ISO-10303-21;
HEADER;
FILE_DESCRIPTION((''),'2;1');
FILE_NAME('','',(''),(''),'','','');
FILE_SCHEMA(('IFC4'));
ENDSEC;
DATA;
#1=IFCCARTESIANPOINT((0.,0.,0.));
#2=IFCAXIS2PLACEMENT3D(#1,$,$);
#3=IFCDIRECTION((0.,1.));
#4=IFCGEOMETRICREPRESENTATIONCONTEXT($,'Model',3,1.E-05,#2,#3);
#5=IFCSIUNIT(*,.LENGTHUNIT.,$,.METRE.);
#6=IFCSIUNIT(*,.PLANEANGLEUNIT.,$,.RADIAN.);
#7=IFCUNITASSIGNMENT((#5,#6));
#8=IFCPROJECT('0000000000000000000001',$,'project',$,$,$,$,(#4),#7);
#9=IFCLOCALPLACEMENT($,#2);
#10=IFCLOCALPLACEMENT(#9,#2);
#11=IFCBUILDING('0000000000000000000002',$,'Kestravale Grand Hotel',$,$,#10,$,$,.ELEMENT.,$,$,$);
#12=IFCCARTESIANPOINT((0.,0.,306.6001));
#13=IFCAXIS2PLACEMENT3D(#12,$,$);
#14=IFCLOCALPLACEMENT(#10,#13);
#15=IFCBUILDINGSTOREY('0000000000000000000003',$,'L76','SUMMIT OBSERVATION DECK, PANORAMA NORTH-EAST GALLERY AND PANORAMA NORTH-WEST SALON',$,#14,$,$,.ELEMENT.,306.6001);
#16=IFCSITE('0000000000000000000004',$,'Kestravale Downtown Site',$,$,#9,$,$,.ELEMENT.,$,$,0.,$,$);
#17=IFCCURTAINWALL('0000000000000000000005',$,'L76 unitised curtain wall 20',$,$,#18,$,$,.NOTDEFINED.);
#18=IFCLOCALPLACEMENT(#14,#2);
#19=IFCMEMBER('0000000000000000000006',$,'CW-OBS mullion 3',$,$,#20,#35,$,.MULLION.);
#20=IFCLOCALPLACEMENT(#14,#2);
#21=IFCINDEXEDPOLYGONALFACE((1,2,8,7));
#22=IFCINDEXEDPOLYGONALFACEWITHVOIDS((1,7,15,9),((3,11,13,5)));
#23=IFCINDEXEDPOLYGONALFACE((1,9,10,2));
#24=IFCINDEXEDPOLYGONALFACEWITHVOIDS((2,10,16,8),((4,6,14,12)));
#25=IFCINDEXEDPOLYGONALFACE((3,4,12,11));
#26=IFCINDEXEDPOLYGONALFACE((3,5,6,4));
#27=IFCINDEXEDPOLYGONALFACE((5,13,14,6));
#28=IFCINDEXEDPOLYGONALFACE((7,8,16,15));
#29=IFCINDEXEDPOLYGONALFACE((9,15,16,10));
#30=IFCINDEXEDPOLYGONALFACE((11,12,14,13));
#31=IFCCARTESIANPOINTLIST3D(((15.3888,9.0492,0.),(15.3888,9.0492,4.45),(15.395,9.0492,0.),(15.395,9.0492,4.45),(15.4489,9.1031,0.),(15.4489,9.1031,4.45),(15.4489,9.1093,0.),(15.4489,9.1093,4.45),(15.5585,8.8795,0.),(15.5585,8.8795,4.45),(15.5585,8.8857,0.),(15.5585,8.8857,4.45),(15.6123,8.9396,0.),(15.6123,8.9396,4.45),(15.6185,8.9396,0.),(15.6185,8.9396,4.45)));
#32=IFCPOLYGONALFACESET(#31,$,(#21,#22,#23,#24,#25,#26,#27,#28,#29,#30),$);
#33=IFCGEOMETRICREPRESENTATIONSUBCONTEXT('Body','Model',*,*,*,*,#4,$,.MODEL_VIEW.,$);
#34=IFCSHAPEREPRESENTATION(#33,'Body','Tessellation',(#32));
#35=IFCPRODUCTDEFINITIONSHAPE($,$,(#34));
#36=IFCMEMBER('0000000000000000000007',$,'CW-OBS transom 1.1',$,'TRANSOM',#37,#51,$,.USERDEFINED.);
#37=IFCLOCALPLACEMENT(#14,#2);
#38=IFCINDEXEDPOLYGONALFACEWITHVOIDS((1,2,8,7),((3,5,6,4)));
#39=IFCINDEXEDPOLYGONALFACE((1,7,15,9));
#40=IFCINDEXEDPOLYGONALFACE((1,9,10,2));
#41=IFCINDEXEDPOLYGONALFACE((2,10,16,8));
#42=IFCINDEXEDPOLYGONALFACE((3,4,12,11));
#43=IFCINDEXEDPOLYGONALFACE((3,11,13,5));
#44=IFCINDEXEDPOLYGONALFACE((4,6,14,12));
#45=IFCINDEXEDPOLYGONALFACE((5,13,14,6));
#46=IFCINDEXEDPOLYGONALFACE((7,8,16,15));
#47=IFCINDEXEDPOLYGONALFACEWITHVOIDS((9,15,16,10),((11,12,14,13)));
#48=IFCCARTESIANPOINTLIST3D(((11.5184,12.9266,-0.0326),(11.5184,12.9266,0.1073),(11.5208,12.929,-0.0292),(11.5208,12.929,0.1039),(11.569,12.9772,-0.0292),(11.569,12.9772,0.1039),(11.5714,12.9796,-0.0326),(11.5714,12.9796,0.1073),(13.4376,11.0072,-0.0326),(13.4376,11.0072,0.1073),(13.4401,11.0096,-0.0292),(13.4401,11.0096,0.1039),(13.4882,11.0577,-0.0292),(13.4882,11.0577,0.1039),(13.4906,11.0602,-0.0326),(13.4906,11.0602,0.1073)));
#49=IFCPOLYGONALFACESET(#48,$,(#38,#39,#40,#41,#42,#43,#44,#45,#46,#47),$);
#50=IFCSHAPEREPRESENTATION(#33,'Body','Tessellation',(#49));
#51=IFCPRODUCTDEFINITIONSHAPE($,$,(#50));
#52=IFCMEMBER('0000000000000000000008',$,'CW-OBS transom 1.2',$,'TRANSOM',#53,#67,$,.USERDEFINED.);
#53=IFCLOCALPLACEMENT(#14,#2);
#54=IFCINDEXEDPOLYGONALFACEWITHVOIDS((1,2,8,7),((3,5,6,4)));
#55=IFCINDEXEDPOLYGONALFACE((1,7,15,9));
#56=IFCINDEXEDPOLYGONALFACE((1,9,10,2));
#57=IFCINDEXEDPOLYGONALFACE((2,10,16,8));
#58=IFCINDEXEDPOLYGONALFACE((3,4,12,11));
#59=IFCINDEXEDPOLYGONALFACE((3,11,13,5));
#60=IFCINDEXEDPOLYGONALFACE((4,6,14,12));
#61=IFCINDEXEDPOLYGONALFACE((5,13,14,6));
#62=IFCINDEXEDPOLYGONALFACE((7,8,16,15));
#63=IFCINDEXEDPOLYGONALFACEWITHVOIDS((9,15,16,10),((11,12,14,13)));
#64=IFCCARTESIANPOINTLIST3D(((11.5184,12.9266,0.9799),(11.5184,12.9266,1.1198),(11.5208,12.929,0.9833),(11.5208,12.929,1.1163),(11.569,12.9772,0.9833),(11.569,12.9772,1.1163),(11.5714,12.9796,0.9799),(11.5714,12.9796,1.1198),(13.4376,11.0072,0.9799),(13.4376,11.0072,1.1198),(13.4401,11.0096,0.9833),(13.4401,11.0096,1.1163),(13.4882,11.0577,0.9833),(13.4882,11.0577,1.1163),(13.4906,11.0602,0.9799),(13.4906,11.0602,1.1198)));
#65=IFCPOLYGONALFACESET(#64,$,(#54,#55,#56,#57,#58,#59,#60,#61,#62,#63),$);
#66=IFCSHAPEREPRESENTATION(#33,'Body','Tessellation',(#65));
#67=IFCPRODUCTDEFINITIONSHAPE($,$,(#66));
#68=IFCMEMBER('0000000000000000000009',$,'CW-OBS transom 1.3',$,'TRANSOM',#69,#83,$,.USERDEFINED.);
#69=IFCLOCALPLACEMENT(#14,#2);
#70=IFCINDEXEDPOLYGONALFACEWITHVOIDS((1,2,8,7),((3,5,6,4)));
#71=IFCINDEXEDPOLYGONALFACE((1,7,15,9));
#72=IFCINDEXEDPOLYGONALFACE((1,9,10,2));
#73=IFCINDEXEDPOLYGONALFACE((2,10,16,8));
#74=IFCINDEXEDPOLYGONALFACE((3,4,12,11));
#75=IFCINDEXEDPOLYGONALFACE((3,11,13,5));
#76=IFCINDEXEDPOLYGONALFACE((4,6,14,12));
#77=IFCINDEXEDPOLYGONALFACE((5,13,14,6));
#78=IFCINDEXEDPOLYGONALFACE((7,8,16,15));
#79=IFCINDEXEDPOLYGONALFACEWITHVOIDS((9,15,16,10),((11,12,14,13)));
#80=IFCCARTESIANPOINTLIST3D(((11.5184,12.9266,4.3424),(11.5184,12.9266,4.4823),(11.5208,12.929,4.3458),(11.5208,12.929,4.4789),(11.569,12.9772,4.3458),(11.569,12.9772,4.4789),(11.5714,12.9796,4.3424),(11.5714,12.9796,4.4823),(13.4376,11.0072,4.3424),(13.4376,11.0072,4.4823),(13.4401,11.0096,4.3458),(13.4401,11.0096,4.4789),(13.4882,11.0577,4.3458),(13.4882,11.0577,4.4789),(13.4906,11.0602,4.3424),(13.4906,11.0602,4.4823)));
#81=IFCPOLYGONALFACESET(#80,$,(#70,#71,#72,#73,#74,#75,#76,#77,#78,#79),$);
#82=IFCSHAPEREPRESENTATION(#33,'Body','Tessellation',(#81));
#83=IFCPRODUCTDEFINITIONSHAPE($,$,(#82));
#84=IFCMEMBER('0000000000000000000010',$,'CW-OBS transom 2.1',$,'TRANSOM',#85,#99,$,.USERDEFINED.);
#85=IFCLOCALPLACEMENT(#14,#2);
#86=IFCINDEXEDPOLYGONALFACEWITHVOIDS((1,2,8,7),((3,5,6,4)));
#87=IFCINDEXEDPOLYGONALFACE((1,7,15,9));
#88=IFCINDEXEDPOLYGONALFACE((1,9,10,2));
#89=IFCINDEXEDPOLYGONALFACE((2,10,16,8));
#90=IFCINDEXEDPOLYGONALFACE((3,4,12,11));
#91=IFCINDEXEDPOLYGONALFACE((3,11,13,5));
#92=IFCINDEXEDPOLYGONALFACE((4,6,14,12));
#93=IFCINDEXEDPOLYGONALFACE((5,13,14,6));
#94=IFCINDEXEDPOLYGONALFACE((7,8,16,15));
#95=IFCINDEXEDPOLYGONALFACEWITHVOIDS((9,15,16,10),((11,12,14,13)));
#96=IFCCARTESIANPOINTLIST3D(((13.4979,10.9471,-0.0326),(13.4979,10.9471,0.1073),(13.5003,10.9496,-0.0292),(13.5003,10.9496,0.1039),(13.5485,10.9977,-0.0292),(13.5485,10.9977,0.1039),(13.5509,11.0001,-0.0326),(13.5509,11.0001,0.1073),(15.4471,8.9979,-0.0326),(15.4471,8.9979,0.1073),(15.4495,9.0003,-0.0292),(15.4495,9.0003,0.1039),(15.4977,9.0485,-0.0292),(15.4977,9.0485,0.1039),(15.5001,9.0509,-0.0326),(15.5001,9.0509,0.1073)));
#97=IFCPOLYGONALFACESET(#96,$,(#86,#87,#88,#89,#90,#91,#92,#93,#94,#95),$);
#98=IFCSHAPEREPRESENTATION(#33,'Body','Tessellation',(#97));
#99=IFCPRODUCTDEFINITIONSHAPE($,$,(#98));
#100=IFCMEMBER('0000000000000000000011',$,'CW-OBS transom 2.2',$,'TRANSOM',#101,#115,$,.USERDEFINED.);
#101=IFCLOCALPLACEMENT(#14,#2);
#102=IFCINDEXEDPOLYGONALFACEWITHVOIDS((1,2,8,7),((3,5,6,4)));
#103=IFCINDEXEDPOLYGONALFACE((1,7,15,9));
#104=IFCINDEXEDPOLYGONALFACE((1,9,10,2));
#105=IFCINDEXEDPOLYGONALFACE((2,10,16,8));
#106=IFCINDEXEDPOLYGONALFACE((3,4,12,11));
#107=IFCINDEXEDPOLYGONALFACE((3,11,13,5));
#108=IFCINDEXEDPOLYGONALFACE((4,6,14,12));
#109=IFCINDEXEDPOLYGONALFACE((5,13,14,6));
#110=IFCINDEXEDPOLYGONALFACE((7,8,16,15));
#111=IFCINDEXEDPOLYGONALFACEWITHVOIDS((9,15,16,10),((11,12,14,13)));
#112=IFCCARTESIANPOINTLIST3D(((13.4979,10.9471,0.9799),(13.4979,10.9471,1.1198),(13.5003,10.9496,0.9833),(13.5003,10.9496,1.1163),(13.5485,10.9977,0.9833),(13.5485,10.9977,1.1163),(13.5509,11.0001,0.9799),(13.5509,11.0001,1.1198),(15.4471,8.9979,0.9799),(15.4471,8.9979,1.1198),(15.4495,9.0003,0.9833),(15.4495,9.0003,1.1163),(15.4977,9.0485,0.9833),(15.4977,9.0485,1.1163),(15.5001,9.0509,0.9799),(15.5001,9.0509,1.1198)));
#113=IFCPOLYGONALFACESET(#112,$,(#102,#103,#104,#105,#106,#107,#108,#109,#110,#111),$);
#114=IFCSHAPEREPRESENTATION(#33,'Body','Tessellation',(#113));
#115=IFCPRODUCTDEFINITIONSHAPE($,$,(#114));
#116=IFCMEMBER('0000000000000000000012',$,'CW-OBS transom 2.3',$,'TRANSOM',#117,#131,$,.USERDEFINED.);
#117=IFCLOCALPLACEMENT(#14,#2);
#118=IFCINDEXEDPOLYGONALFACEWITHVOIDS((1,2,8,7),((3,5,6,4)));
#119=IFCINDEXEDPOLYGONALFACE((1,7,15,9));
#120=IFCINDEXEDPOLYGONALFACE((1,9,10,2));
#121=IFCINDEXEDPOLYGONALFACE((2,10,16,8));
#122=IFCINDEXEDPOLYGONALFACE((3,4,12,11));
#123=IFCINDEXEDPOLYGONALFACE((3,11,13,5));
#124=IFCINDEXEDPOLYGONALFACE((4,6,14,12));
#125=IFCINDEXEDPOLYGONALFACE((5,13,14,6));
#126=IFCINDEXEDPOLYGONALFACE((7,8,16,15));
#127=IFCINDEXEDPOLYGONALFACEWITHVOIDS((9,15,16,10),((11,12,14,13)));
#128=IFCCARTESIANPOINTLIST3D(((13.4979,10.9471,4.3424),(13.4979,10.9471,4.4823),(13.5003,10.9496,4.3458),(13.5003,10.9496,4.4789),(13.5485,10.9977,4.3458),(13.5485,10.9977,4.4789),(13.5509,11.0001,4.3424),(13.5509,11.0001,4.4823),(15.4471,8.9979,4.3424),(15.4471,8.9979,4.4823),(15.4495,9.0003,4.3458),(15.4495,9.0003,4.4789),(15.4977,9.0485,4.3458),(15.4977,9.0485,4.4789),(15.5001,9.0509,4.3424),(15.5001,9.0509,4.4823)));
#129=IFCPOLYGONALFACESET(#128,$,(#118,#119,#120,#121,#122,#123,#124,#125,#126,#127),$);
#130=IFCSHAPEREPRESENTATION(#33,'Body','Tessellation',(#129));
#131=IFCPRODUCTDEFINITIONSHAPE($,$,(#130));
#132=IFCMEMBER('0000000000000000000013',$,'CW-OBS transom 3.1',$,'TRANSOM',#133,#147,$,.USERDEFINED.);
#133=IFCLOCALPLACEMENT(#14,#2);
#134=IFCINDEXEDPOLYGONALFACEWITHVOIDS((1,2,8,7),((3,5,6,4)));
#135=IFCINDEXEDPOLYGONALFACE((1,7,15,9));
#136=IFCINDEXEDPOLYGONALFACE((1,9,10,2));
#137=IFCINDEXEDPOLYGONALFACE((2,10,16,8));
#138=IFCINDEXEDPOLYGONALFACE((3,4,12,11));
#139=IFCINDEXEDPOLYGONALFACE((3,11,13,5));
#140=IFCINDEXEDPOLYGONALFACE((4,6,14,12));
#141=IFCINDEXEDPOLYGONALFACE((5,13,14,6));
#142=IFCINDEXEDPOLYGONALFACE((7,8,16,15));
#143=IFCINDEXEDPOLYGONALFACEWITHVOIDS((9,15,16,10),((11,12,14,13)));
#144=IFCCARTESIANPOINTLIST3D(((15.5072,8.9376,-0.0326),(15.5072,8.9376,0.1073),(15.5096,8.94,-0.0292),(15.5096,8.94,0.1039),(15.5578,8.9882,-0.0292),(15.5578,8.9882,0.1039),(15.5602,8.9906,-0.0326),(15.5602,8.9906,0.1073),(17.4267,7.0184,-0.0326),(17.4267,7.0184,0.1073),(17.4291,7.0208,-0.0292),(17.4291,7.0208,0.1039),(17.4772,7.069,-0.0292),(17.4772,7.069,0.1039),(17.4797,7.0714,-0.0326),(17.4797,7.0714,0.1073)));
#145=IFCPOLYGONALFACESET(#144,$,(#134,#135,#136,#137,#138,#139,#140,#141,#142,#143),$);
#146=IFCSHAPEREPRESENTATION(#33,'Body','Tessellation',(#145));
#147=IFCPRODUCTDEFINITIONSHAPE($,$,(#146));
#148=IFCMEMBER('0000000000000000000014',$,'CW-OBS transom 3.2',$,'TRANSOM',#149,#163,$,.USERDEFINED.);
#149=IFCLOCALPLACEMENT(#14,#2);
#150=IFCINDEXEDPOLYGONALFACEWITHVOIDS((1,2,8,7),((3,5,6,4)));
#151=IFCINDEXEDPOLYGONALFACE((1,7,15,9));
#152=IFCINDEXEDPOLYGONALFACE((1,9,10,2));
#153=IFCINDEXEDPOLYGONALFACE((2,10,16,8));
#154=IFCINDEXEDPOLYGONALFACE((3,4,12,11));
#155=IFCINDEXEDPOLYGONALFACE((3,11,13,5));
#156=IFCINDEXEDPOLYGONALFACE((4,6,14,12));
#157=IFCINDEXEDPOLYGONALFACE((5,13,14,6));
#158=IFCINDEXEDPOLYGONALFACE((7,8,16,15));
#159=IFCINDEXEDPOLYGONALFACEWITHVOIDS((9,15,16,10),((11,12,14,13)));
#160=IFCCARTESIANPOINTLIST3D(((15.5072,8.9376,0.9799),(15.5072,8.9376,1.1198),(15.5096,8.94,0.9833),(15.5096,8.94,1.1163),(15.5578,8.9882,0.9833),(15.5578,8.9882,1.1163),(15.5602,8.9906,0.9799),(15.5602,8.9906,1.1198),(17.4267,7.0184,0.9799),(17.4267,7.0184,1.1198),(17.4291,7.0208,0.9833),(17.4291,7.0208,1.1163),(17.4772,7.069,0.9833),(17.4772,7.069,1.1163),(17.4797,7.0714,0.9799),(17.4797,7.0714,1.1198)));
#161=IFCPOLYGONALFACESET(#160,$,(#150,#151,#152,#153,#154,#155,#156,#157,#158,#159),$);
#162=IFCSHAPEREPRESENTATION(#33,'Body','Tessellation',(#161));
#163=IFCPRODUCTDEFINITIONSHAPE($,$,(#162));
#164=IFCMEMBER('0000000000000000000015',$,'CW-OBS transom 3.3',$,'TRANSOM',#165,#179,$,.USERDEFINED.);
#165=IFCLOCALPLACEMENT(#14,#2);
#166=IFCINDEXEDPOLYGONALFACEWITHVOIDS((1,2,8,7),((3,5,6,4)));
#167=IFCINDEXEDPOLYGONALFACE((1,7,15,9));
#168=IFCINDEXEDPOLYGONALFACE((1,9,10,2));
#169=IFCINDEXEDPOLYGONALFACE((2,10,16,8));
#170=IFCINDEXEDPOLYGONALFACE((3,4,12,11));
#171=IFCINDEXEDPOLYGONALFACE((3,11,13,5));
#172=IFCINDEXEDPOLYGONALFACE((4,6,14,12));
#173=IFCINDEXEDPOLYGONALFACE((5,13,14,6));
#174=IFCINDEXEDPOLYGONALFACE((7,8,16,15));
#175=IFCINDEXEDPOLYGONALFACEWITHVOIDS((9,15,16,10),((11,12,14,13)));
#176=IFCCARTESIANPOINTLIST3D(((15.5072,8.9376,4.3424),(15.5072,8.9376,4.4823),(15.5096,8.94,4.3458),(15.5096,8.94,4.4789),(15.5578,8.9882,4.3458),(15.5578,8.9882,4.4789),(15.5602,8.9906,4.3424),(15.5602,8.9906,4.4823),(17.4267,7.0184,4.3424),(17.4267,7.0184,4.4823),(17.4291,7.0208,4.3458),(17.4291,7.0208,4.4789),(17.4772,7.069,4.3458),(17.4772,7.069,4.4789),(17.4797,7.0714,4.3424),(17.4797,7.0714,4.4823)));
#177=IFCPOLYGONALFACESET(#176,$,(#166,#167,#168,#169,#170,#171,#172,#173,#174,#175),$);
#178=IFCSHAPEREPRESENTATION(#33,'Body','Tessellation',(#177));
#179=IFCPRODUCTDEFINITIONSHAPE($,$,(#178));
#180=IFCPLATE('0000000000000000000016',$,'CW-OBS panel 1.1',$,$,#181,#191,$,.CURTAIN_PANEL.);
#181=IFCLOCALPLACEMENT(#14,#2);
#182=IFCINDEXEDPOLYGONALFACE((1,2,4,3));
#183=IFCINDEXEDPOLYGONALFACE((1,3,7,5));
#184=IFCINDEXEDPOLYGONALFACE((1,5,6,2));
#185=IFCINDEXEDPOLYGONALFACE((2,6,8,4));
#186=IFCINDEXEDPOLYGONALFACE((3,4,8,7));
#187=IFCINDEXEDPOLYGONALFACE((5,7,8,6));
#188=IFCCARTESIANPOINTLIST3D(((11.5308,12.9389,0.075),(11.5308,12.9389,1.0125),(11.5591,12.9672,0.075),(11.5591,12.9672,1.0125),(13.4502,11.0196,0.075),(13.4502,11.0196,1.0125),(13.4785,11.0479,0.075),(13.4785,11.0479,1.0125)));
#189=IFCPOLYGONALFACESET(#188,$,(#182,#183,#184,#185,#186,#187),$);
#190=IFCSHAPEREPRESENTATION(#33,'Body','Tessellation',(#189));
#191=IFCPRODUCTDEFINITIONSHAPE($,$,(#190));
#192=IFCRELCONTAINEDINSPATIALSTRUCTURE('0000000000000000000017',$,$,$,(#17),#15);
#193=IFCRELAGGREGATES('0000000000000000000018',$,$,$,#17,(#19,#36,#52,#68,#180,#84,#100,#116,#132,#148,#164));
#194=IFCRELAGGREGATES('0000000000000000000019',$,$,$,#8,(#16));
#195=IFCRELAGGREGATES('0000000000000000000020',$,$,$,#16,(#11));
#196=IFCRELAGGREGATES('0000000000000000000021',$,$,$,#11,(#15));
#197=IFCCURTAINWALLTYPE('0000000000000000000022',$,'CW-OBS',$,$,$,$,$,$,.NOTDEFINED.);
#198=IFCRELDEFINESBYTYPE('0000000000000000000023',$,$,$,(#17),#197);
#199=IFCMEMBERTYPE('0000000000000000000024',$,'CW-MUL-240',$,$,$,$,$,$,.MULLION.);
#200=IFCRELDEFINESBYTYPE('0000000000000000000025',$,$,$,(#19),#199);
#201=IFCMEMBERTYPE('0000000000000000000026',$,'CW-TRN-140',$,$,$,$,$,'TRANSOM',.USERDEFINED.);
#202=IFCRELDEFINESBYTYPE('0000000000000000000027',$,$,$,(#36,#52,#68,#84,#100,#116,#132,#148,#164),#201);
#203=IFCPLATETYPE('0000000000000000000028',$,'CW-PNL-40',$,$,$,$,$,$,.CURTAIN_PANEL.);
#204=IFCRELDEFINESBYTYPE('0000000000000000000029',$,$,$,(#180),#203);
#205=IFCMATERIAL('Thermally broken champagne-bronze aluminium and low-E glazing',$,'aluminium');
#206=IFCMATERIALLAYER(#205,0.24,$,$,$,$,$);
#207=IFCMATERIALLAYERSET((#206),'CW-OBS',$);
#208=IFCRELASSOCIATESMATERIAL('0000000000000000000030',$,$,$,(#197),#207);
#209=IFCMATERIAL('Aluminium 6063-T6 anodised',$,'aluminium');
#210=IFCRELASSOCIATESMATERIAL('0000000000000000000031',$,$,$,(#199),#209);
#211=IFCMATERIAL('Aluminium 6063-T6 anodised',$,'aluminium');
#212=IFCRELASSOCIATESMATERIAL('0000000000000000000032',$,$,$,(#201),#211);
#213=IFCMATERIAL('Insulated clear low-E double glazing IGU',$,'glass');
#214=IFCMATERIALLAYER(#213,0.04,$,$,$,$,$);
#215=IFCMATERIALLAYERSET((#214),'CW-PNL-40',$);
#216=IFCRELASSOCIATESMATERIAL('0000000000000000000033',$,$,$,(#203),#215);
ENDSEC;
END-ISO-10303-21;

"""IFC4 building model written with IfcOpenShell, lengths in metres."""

from ifc_helpers import new_model, si_unit, direction, frame, origin, origin_2d, place, context, subcontext, project, spatial, rectangle, hollow_rectangle, extrude, material, layer, layer_set, material_profile, profile_set, type_object, element, aggregate, save


model = new_model("IFC4")

# Units and contexts
model_context = context("Model", 3, precision=1e-05, world=origin(), true_north=direction((0.0, 1.0)))
body_context = subcontext(model_context, "Body", "Model", "MODEL_VIEW")
ifc_project = project(units=[si_unit("LENGTHUNIT", "METRE"), si_unit("PLANEANGLEUNIT", "RADIAN")], contexts=[model_context])

# Site, building, storey
site_placement = place(None, origin())
site = spatial("IfcSite", under=ifc_project, at=site_placement, Name="Kestravale Downtown Site", CompositionType="ELEMENT", RefElevation=0.0)
building_placement = place(site_placement, origin())
building = spatial("IfcBuilding", under=site, at=building_placement, Name="Kestravale Grand Hotel", CompositionType="ELEMENT")
storey_placement = place(building_placement, frame((0.0, 0.0, 306.6001)))
storey = spatial("IfcBuildingStorey", under=building, at=storey_placement, Name="L76", Description="SUMMIT OBSERVATION DECK, PANORAMA NORTH-EAST GALLERY AND PANORAMA NORTH-WEST SALON", CompositionType="ELEMENT", Elevation=306.6001)

# Curtain wall, members, plate
ifc_material_1 = material(Name="Thermally broken champagne-bronze aluminium and low-E glazing", Category="aluminium")
ifc_layer_1 = layer(ifc_material_1, 0.24)
ifc_layer_set_1 = layer_set([ifc_layer_1], Name="CW-OBS")
curtain_wall_type = type_object("IfcCurtainWallType", Name="CW-OBS", PredefinedType="NOTDEFINED", material=ifc_layer_set_1)
curtain_wall_placement = place(storey_placement, origin())
curtain_wall = element("IfcCurtainWall", 1, at=curtain_wall_placement, inside=storey, type_object=curtain_wall_type, Name="L76 unitised curtain wall 20", PredefinedType="NOTDEFINED")
ifc_material_2 = material(Name="Aluminium 6063-T6 anodised", Category="aluminium")
ifc_material_profile_1 = material_profile(ifc_material_2, hollow_rectangle(XDim=0.085, YDim=0.24, WallThickness=0.0044, at=origin_2d()))
ifc_profile_set_1 = profile_set([ifc_material_profile_1], Name="Aluminium 6063-T6 anodised")
member_type_1 = type_object("IfcMemberType", Name="CW-MUL-240", PredefinedType="MULLION", material=ifc_profile_set_1)
member_1_placement = place(storey_placement, frame((15.5037, 8.9944, 0.0), z_axis=(0.0, 0.0, 1.0), x_axis=(0.707107, 0.707107, 0.0)))
member_1 = element("IfcMember", 2, at=member_1_placement, type_object=member_type_1, Name="CW-OBS mullion 3", PredefinedType="MULLION", context=body_context, shape_type="SweptSolid", body=[
    extrude(hollow_rectangle(XDim=0.085, YDim=0.24, WallThickness=0.0044, at=origin_2d()), origin(), (0.0, 0.0, 1.0), 4.45),
])
ifc_material_3 = material(Name="Aluminium 6063-T6 anodised", Category="aluminium")
ifc_material_profile_2 = material_profile(ifc_material_3, hollow_rectangle(XDim=0.075, YDim=0.1399, WallThickness=0.0034, at=origin_2d()))
ifc_profile_set_2 = profile_set([ifc_material_profile_2], Name="Aluminium 6063-T6 anodised")
member_type_2 = type_object("IfcMemberType", Name="CW-TRN-140", ElementType="TRANSOM", PredefinedType="USERDEFINED", material=ifc_profile_set_2)
member_2_placement = place(storey_placement, frame((11.5449, 12.9531, 0.0374), z_axis=(0.707062, -0.707152, 0.0), x_axis=(0.707152, 0.707062, 0.0)))
member_2 = element("IfcMember", 3, at=member_2_placement, type_object=member_type_2, Name="CW-OBS transom 1.1", ObjectType="TRANSOM", PredefinedType="USERDEFINED", context=body_context, shape_type="SweptSolid", body=[
    extrude(hollow_rectangle(XDim=0.075, YDim=0.1399, WallThickness=0.0034, at=origin_2d()), origin(), (0.0, 0.0, 1.0), 2.7144),
])
member_3_placement = place(storey_placement, frame((11.5449, 12.9531, 1.0498), z_axis=(0.707062, -0.707152, 0.0), x_axis=(0.707152, 0.707062, 0.0)))
member_3 = element("IfcMember", 4, at=member_3_placement, type_object=member_type_2, Name="CW-OBS transom 1.2", ObjectType="TRANSOM", PredefinedType="USERDEFINED", context=body_context, shape_type="SweptSolid", body=[
    extrude(hollow_rectangle(XDim=0.075, YDim=0.1399, WallThickness=0.0034, at=origin_2d()), origin(), (0.0, 0.0, 1.0), 2.7144),
])
member_4_placement = place(storey_placement, frame((11.5449, 12.9531, 4.4124), z_axis=(0.707062, -0.707152, 0.0), x_axis=(0.707152, 0.707062, 0.0)))
member_4 = element("IfcMember", 5, at=member_4_placement, type_object=member_type_2, Name="CW-OBS transom 1.3", ObjectType="TRANSOM", PredefinedType="USERDEFINED", context=body_context, shape_type="SweptSolid", body=[
    extrude(hollow_rectangle(XDim=0.075, YDim=0.1399, WallThickness=0.0034, at=origin_2d()), origin(), (0.0, 0.0, 1.0), 2.7144),
])
member_5_placement = place(storey_placement, frame((13.5244, 10.9736, 0.0374), z_axis=(0.707107, -0.707107, 0.0), x_axis=(0.707107, 0.707107, 0.0)))
member_5 = element("IfcMember", 6, at=member_5_placement, type_object=member_type_2, Name="CW-OBS transom 2.1", ObjectType="TRANSOM", PredefinedType="USERDEFINED", context=body_context, shape_type="SweptSolid", body=[
    extrude(hollow_rectangle(XDim=0.075, YDim=0.1399, WallThickness=0.0034, at=origin_2d()), origin(), (0.0, 0.0, 1.0), 2.7566),
])
member_6_placement = place(storey_placement, frame((13.5244, 10.9736, 1.0498), z_axis=(0.707107, -0.707107, 0.0), x_axis=(0.707107, 0.707107, 0.0)))
member_6 = element("IfcMember", 7, at=member_6_placement, type_object=member_type_2, Name="CW-OBS transom 2.2", ObjectType="TRANSOM", PredefinedType="USERDEFINED", context=body_context, shape_type="SweptSolid", body=[
    extrude(hollow_rectangle(XDim=0.075, YDim=0.1399, WallThickness=0.0034, at=origin_2d()), origin(), (0.0, 0.0, 1.0), 2.7566),
])
member_7_placement = place(storey_placement, frame((13.5244, 10.9736, 4.4124), z_axis=(0.707107, -0.707107, 0.0), x_axis=(0.707107, 0.707107, 0.0)))
member_7 = element("IfcMember", 8, at=member_7_placement, type_object=member_type_2, Name="CW-OBS transom 2.3", ObjectType="TRANSOM", PredefinedType="USERDEFINED", context=body_context, shape_type="SweptSolid", body=[
    extrude(hollow_rectangle(XDim=0.075, YDim=0.1399, WallThickness=0.0034, at=origin_2d()), origin(), (0.0, 0.0, 1.0), 2.7566),
])
member_8_placement = place(storey_placement, frame((15.5337, 8.9641, 0.0374), z_axis=(0.707152, -0.707062, 0.0), x_axis=(0.707062, 0.707152, 0.0)))
member_8 = element("IfcMember", 9, at=member_8_placement, type_object=member_type_2, Name="CW-OBS transom 3.1", ObjectType="TRANSOM", PredefinedType="USERDEFINED", context=body_context, shape_type="SweptSolid", body=[
    extrude(hollow_rectangle(XDim=0.075, YDim=0.1399, WallThickness=0.0034, at=origin_2d()), origin(), (0.0, 0.0, 1.0), 2.7144),
])
member_9_placement = place(storey_placement, frame((15.5337, 8.9641, 1.0498), z_axis=(0.707152, -0.707062, 0.0), x_axis=(0.707062, 0.707152, 0.0)))
member_9 = element("IfcMember", 10, at=member_9_placement, type_object=member_type_2, Name="CW-OBS transom 3.2", ObjectType="TRANSOM", PredefinedType="USERDEFINED", context=body_context, shape_type="SweptSolid", body=[
    extrude(hollow_rectangle(XDim=0.075, YDim=0.1399, WallThickness=0.0034, at=origin_2d()), origin(), (0.0, 0.0, 1.0), 2.7144),
])
member_10_placement = place(storey_placement, frame((15.5337, 8.9641, 4.4124), z_axis=(0.707152, -0.707062, 0.0), x_axis=(0.707062, 0.707152, 0.0)))
member_10 = element("IfcMember", 11, at=member_10_placement, type_object=member_type_2, Name="CW-OBS transom 3.3", ObjectType="TRANSOM", PredefinedType="USERDEFINED", context=body_context, shape_type="SweptSolid", body=[
    extrude(hollow_rectangle(XDim=0.075, YDim=0.1399, WallThickness=0.0034, at=origin_2d()), origin(), (0.0, 0.0, 1.0), 2.7144),
])
ifc_material_4 = material(Name="Insulated clear low-E double glazing IGU", Category="glass")
ifc_layer_2 = layer(ifc_material_4, 0.04)
ifc_layer_set_2 = layer_set([ifc_layer_2], Name="CW-PNL-40")
plate_type = type_object("IfcPlateType", Name="CW-PNL-40", PredefinedType="CURTAIN_PANEL", material=ifc_layer_set_2)
plate_1_placement = place(storey_placement, frame((12.5046, 11.9934, 0.075), z_axis=(0.0, 0.0, 1.0), x_axis=(0.707107, -0.707107, 0.0)))
plate_1 = element("IfcPlate", 12, at=plate_1_placement, type_object=plate_type, Name="CW-OBS panel 1.1", PredefinedType="CURTAIN_PANEL", context=body_context, shape_type="SweptSolid", body=[
    extrude(rectangle(XDim=2.7144, YDim=0.04, at=origin_2d()), origin(), (0.0, 0.0, 1.0), 0.9375),
])
aggregate(curtain_wall, [member_1, member_2, member_3, member_4, plate_1, member_5, member_6, member_7, member_8, member_9, member_10])

save(model, "model.ifc")
